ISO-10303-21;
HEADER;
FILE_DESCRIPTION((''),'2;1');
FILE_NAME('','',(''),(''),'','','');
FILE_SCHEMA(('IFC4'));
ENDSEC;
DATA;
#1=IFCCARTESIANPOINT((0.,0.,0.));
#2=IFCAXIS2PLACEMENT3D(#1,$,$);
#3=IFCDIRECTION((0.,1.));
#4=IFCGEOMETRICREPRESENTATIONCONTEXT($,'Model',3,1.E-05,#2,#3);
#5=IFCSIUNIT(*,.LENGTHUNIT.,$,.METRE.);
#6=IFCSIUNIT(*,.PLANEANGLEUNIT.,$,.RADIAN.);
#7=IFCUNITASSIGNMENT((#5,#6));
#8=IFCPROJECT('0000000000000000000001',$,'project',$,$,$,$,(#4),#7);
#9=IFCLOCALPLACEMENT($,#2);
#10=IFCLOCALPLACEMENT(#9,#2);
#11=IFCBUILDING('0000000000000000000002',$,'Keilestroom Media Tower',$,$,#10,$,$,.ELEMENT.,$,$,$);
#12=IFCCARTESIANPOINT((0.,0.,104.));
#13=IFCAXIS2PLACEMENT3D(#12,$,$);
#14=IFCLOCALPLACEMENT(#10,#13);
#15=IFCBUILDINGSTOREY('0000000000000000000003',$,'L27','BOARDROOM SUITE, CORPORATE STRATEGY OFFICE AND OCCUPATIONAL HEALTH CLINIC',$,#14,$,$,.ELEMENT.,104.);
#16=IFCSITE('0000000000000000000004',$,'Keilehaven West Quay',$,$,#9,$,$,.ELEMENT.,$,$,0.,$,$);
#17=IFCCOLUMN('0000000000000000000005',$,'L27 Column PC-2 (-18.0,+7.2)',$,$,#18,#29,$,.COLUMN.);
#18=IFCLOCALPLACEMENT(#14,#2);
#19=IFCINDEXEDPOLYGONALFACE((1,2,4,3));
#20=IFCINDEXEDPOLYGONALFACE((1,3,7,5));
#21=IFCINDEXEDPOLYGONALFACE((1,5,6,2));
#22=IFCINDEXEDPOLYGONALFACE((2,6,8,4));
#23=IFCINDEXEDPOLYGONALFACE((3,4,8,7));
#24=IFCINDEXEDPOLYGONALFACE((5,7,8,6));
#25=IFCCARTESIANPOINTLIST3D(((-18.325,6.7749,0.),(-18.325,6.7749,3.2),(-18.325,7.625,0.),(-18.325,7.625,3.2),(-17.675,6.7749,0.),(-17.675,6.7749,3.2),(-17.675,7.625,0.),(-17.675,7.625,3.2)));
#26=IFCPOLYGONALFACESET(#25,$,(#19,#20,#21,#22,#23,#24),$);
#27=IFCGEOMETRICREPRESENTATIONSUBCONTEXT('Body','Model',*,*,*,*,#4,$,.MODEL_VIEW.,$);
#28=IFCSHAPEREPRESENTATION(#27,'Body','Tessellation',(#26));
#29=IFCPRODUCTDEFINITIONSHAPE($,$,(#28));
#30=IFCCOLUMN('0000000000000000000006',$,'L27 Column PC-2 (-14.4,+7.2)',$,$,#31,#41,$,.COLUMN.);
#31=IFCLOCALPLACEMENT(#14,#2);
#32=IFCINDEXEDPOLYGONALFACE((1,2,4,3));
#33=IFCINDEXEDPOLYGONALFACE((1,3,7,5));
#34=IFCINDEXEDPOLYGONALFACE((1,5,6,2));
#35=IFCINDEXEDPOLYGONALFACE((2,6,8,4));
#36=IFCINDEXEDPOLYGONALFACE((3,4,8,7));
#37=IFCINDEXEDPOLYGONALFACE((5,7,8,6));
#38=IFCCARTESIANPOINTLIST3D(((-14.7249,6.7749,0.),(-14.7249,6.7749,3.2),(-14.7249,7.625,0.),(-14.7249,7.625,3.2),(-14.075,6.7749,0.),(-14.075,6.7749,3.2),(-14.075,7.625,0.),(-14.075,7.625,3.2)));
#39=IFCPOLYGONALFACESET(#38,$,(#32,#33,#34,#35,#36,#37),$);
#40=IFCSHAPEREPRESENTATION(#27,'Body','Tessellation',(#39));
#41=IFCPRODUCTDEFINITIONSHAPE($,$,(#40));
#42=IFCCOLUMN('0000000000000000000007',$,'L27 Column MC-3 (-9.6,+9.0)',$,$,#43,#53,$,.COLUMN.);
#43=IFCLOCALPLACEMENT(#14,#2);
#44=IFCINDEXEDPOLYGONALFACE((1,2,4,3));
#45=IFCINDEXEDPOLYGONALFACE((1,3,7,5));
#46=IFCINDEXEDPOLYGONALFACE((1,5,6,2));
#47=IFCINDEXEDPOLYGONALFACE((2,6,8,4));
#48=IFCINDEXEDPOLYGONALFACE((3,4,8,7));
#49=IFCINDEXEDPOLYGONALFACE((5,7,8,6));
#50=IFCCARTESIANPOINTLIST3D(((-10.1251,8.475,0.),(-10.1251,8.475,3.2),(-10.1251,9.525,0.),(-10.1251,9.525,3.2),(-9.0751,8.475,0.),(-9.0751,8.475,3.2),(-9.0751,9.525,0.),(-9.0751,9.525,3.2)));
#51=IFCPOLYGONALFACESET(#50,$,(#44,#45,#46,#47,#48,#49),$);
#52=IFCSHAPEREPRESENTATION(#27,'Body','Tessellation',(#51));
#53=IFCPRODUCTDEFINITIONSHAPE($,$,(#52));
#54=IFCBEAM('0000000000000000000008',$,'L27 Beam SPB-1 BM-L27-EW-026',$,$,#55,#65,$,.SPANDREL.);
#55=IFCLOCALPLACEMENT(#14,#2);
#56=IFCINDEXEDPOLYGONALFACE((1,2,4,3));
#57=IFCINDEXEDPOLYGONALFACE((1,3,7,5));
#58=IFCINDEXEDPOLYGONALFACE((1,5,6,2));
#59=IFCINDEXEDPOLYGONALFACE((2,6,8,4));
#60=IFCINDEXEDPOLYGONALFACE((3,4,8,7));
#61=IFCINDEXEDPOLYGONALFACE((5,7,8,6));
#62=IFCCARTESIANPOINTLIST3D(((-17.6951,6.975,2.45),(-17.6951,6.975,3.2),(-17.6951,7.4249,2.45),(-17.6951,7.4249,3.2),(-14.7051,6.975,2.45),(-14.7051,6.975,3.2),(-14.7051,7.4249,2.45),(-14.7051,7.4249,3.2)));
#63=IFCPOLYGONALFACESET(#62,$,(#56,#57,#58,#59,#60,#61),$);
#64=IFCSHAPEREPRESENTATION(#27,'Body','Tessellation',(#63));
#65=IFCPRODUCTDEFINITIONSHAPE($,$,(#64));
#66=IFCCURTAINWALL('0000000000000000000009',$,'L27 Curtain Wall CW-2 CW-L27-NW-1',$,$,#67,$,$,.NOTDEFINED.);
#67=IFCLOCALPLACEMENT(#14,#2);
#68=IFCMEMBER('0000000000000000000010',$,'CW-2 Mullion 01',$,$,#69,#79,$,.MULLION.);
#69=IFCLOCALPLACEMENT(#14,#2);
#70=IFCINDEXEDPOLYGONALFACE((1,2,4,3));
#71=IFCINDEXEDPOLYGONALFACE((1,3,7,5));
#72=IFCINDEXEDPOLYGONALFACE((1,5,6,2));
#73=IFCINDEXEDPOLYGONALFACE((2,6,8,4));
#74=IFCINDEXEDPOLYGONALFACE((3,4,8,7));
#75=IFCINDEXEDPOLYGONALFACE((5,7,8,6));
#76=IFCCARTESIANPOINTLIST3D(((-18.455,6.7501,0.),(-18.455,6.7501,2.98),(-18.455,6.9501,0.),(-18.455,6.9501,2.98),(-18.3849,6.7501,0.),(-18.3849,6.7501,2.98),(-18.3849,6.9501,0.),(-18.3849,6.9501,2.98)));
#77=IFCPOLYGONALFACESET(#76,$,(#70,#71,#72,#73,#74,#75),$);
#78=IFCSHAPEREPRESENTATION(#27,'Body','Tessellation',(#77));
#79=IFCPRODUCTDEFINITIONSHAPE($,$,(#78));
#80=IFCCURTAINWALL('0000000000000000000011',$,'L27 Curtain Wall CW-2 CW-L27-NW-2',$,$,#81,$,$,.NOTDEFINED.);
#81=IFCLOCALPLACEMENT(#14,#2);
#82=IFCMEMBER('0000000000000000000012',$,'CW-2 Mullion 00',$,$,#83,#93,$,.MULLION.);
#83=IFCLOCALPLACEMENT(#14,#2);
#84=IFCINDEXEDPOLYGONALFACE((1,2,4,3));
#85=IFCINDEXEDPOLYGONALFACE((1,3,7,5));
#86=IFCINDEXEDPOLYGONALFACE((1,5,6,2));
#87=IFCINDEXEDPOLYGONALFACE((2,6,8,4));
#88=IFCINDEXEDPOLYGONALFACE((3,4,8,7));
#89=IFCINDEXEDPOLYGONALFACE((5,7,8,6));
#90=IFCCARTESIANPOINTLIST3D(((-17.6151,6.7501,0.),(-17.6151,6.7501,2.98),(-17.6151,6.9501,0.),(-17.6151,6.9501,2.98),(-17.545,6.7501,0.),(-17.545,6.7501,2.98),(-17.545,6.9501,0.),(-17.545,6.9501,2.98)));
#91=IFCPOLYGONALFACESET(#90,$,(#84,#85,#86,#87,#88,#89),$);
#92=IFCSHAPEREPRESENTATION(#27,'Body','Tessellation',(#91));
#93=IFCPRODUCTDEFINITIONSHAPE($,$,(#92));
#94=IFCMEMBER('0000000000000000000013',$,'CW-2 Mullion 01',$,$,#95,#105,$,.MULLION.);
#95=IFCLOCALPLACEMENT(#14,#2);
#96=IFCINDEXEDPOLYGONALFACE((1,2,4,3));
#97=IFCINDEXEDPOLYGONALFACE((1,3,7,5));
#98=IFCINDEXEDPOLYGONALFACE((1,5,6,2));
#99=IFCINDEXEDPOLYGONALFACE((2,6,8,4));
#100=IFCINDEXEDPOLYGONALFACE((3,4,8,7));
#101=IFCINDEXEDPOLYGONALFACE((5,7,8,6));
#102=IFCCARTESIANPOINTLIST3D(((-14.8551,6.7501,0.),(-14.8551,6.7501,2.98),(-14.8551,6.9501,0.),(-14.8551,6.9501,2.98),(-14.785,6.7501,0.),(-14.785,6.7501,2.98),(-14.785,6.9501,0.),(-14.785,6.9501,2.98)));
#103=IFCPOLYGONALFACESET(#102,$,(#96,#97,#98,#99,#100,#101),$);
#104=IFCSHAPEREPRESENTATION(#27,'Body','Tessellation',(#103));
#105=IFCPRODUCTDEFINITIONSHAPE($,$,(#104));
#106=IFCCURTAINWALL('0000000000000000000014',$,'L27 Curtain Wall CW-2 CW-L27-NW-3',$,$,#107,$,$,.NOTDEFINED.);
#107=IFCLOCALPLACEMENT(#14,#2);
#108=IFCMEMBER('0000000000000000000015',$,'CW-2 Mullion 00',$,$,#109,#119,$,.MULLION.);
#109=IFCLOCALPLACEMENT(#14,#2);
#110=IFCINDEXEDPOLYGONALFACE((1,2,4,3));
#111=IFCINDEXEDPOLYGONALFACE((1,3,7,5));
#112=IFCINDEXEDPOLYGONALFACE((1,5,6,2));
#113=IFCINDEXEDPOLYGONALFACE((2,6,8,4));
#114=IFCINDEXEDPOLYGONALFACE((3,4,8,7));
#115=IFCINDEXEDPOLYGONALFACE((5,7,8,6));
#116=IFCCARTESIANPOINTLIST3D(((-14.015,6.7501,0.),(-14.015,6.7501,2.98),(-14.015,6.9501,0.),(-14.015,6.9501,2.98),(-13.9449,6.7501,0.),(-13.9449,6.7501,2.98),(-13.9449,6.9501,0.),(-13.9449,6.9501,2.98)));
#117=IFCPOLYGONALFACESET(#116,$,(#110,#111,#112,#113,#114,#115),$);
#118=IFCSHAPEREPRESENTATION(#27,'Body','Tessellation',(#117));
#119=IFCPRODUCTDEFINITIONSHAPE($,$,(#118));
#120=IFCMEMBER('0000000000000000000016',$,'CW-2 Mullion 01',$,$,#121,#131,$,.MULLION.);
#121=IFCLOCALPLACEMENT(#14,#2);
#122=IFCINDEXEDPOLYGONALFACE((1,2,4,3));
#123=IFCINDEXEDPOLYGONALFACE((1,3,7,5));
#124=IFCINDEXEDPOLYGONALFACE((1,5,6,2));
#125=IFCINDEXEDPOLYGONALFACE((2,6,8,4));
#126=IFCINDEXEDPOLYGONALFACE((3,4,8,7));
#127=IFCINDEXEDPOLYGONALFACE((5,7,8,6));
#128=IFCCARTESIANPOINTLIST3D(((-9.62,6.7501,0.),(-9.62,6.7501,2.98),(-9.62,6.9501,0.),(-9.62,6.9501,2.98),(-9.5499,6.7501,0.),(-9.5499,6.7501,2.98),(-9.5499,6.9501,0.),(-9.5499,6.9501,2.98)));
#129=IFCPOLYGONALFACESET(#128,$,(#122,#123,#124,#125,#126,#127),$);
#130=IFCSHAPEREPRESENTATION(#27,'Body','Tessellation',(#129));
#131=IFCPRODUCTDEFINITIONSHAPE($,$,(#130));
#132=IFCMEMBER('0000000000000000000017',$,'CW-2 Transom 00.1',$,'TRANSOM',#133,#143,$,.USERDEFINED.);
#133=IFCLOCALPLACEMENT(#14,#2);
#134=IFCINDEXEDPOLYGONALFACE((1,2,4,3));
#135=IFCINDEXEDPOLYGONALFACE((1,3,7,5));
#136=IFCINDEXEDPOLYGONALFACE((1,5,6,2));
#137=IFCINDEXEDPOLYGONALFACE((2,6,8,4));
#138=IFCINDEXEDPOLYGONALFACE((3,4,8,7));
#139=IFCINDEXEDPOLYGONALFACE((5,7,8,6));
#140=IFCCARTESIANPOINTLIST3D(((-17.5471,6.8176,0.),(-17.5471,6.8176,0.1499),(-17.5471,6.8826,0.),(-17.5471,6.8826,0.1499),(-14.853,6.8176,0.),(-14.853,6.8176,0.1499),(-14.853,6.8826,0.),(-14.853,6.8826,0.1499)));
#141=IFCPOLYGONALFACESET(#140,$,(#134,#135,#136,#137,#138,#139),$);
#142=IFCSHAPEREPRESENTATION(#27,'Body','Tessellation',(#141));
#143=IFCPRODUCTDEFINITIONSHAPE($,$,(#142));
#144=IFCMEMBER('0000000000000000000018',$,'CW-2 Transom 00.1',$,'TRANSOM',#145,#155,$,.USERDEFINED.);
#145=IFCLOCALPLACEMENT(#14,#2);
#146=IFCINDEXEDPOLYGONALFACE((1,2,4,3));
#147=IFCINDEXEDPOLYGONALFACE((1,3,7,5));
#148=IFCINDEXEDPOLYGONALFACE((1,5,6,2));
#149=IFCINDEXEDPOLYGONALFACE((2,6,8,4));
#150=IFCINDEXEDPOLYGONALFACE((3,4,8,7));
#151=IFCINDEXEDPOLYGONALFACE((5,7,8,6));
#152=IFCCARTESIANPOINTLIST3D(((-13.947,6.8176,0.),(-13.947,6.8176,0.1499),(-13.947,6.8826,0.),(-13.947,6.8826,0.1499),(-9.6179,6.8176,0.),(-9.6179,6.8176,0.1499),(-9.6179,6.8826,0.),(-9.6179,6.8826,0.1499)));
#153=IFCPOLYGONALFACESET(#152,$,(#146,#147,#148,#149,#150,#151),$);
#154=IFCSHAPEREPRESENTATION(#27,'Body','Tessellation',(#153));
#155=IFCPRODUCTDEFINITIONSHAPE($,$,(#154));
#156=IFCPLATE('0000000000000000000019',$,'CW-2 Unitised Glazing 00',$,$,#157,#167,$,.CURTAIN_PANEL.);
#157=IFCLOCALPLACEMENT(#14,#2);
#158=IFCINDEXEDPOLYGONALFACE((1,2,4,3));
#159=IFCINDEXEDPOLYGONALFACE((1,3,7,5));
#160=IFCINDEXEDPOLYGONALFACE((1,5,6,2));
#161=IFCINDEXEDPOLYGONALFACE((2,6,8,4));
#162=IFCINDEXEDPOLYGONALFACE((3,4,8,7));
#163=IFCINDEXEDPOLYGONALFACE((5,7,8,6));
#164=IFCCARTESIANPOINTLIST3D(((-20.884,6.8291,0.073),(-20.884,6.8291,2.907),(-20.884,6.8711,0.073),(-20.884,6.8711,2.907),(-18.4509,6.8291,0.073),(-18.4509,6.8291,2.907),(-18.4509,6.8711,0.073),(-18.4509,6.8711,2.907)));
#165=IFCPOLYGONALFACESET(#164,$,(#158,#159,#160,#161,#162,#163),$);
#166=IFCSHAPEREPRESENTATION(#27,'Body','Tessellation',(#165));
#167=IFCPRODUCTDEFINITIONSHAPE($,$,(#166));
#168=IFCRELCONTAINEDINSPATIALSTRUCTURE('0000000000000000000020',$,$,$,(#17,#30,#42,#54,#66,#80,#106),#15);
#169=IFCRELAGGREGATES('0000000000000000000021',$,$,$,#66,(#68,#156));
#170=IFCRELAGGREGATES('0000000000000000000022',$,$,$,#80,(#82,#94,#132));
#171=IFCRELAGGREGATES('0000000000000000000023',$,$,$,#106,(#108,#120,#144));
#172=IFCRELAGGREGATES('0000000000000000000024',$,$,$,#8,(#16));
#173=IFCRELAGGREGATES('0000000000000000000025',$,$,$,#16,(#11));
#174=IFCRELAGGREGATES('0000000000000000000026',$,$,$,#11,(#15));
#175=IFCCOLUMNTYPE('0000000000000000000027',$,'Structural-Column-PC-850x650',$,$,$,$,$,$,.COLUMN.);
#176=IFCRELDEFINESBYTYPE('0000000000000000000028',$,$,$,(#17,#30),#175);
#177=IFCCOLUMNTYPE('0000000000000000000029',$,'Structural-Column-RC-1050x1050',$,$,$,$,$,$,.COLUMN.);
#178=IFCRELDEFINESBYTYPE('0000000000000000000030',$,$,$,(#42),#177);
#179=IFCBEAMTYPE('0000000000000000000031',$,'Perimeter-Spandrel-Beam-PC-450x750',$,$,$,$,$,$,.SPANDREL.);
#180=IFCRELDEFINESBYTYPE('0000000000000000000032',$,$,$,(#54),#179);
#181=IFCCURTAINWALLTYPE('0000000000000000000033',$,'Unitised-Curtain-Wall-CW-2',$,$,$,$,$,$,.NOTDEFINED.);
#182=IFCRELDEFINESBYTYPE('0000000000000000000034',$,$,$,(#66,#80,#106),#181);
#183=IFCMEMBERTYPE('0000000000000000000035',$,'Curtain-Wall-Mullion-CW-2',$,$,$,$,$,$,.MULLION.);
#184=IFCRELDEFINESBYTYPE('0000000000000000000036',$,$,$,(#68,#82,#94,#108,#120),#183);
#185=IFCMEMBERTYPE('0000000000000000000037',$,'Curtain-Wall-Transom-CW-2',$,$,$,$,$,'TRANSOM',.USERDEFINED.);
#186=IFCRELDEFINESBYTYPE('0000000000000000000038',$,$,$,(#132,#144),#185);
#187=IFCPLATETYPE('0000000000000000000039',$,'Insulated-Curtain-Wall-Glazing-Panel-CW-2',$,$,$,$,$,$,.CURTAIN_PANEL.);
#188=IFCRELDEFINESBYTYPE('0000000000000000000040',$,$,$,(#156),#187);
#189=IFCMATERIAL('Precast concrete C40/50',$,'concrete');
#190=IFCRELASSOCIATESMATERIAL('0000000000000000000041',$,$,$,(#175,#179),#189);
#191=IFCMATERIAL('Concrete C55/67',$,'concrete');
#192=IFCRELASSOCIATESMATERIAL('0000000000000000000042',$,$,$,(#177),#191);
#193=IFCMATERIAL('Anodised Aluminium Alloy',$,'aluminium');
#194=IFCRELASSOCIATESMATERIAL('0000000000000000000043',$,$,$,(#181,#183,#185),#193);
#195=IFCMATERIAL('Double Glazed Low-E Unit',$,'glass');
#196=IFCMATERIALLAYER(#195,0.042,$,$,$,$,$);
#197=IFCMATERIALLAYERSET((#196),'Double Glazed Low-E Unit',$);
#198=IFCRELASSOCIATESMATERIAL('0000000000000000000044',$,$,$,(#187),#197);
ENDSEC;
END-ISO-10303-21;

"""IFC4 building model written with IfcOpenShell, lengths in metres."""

from ifc_helpers import new_model, si_unit, direction, frame, origin, origin_2d, place, context, subcontext, project, spatial, rectangle, extrude, source, transform, mapped, material, layer, layer_set, material_profile, profile_set, type_object, element, aggregate, save


model = new_model("IFC4")

# Units and contexts
model_context = context("Model", 3, precision=1e-05, world=origin(), true_north=direction((0.0, 1.0)))
body_context = subcontext(model_context, "Body", "Model", "MODEL_VIEW")
ifc_project = project(units=[si_unit("LENGTHUNIT", "METRE"), si_unit("PLANEANGLEUNIT", "RADIAN")], contexts=[model_context])

# Site, building, storey
site_placement = place(None, origin())
site = spatial("IfcSite", under=ifc_project, at=site_placement, Name="Keilehaven West Quay", CompositionType="ELEMENT", RefElevation=0.0)
building_placement = place(site_placement, origin())
building = spatial("IfcBuilding", under=site, at=building_placement, Name="Keilestroom Media Tower", CompositionType="ELEMENT")
storey_placement = place(building_placement, frame((0.0, 0.0, 104.0)))
storey = spatial("IfcBuildingStorey", under=building, at=storey_placement, Name="L27", Description="BOARDROOM SUITE, CORPORATE STRATEGY OFFICE AND OCCUPATIONAL HEALTH CLINIC", CompositionType="ELEMENT", Elevation=104.0)

# Columns
ifc_material_1 = material(Name="Precast concrete C40/50", Category="concrete")
ifc_material_profile_1 = material_profile(ifc_material_1, rectangle(XDim=0.6499, YDim=0.8501, at=origin_2d()), Name="PC 850x650")
ifc_profile_set_1 = profile_set([ifc_material_profile_1], Name="Precast concrete C40/50")
column_type_1 = type_object("IfcColumnType", Name="Structural-Column-PC-850x650", PredefinedType="COLUMN", material=ifc_profile_set_1)
shared_shape_1 = source(origin(), body_context, "Body", "SweptSolid", [
    extrude(rectangle(XDim=0.6499, YDim=0.8501, at=origin_2d()), origin(), (0.0, 0.0, 1.0), 3.2),
])
for number, where, z_axis, x_axis, name in (
    (1, (-18.0, 7.2, 0.0), (0.0, 0.0, 1.0), (1.0, 0.0, 0.0), "L27 Column PC-2 (-18.0,+7.2)"),
    (2, (-14.3999, 7.2, 0.0), (0.0, 0.0, 1.0), (1.0, 0.0, 0.0), "L27 Column PC-2 (-14.4,+7.2)"),
):
    element("IfcColumn", number, at=place(storey_placement, frame(where, z_axis=z_axis, x_axis=x_axis)), inside=storey, type_object=column_type_1, Name=name, PredefinedType="COLUMN", context=body_context, shape_type="MappedRepresentation", body=[
        mapped(shared_shape_1, transform((0.0, 0.0, 0.0), x_axis=(1.0, 0.0, 0.0), y_axis=(0.0, 1.0, 0.0), z_axis=(0.0, 0.0, 1.0), scale=1.0)),
    ])
ifc_material_2 = material(Name="Concrete C55/67", Category="concrete")
ifc_material_profile_2 = material_profile(ifc_material_2, rectangle(XDim=1.05, YDim=1.05, at=origin_2d()), Name="RC 1050x1050")
ifc_profile_set_2 = profile_set([ifc_material_profile_2], Name="Concrete C55/67")
column_type_2 = type_object("IfcColumnType", Name="Structural-Column-RC-1050x1050", PredefinedType="COLUMN", material=ifc_profile_set_2)
shared_shape_2 = source(origin(), body_context, "Body", "SweptSolid", [
    extrude(rectangle(XDim=1.05, YDim=1.05, at=origin_2d()), origin(), (0.0, 0.0, 1.0), 3.2),
])
column_placement = place(storey_placement, frame((-9.6001, 9.0, 0.0), z_axis=(0.0, 0.0, 1.0), x_axis=(1.0, 0.0, 0.0)))
element("IfcColumn", 3, at=column_placement, inside=storey, type_object=column_type_2, Name="L27 Column MC-3 (-9.6,+9.0)", PredefinedType="COLUMN", context=body_context, shape_type="MappedRepresentation", body=[
    mapped(shared_shape_2, transform((0.0, 0.0, 0.0), x_axis=(1.0, 0.0, 0.0), y_axis=(0.0, 1.0, 0.0), z_axis=(0.0, 0.0, 1.0), scale=1.0)),
])

# Beam
ifc_material_profile_3 = material_profile(ifc_material_1, rectangle(XDim=0.45, YDim=0.75, at=origin_2d()), Name="PC 450x750")
ifc_profile_set_3 = profile_set([ifc_material_profile_3], Name="Precast concrete C40/50")
beam_type = type_object("IfcBeamType", Name="Perimeter-Spandrel-Beam-PC-450x750", PredefinedType="SPANDREL", material=ifc_profile_set_3)
shared_shape_3 = source(origin(), body_context, "Body", "SweptSolid", [
    extrude(rectangle(XDim=0.45, YDim=0.75, at=origin_2d()), origin(), (0.0, 0.0, 1.0), 2.99),
])
beam_placement = place(storey_placement, frame((-17.6951, 7.2, 2.825), z_axis=(1.0, 0.0, 0.0), x_axis=(0.0, 1.0, 0.0)))
element("IfcBeam", 4, at=beam_placement, inside=storey, type_object=beam_type, Name="L27 Beam SPB-1 BM-L27-EW-026", PredefinedType="SPANDREL", context=body_context, shape_type="MappedRepresentation", body=[
    mapped(shared_shape_3, transform((0.0, 0.0, 0.0), x_axis=(1.0, 0.0, 0.0), y_axis=(0.0, 1.0, 0.0), z_axis=(0.0, 0.0, 1.0), scale=1.0)),
])

# Curtain wall, member
ifc_material_3 = material(Name="Anodised Aluminium Alloy", Category="aluminium")
curtain_wall_type = type_object("IfcCurtainWallType", Name="Unitised-Curtain-Wall-CW-2", PredefinedType="NOTDEFINED", material=ifc_material_3)
curtain_wall_1_placement = place(storey_placement, origin())
curtain_wall_1 = element("IfcCurtainWall", 5, at=curtain_wall_1_placement, inside=storey, type_object=curtain_wall_type, Name="L27 Curtain Wall CW-2 CW-L27-NW-1", PredefinedType="NOTDEFINED")
ifc_material_profile_4 = material_profile(ifc_material_3, rectangle(XDim=0.0701, YDim=0.2, at=origin_2d()), Name="ALU MULLION 70x200")
ifc_profile_set_4 = profile_set([ifc_material_profile_4], Name="Anodised Aluminium Alloy")
member_type_1 = type_object("IfcMemberType", Name="Curtain-Wall-Mullion-CW-2", PredefinedType="MULLION", material=ifc_profile_set_4)
shared_shape_4 = source(origin(), body_context, "Body", "SweptSolid", [
    extrude(rectangle(XDim=0.0701, YDim=0.2, at=origin_2d()), origin(), (0.0, 0.0, 1.0), 2.98),
])
member_1_placement = place(storey_placement, frame((-18.4199, 6.8501, 0.0), z_axis=(0.0, 0.0, 1.0), x_axis=(1.0, 0.0, 0.0)))
member_1 = element("IfcMember", 6, at=member_1_placement, type_object=member_type_1, Name="CW-2 Mullion 01", PredefinedType="MULLION", context=body_context, shape_type="MappedRepresentation", body=[
    mapped(shared_shape_4, transform((0.0, 0.0, 0.0), x_axis=(1.0, 0.0, 0.0), y_axis=(0.0, 1.0, 0.0), z_axis=(0.0, 0.0, 1.0), scale=1.0)),
])

# Curtain walls, members
curtain_wall_2_placement = place(storey_placement, origin())
curtain_wall_2 = element("IfcCurtainWall", 7, at=curtain_wall_2_placement, inside=storey, type_object=curtain_wall_type, Name="L27 Curtain Wall CW-2 CW-L27-NW-2", PredefinedType="NOTDEFINED")
member_2_placement = place(storey_placement, frame((-17.5801, 6.8501, 0.0), z_axis=(0.0, 0.0, 1.0), x_axis=(1.0, 0.0, 0.0)))
member_2 = element("IfcMember", 8, at=member_2_placement, type_object=member_type_1, Name="CW-2 Mullion 00", PredefinedType="MULLION", context=body_context, shape_type="MappedRepresentation", body=[
    mapped(shared_shape_4, transform((0.0, 0.0, 0.0), x_axis=(1.0, 0.0, 0.0), y_axis=(0.0, 1.0, 0.0), z_axis=(0.0, 0.0, 1.0), scale=1.0)),
])
member_3_placement = place(storey_placement, frame((-14.8201, 6.8501, 0.0), z_axis=(0.0, 0.0, 1.0), x_axis=(1.0, 0.0, 0.0)))
member_3 = element("IfcMember", 9, at=member_3_placement, type_object=member_type_1, Name="CW-2 Mullion 01", PredefinedType="MULLION", context=body_context, shape_type="MappedRepresentation", body=[
    mapped(shared_shape_4, transform((0.0, 0.0, 0.0), x_axis=(1.0, 0.0, 0.0), y_axis=(0.0, 1.0, 0.0), z_axis=(0.0, 0.0, 1.0), scale=1.0)),
])
curtain_wall_3_placement = place(storey_placement, origin())
curtain_wall_3 = element("IfcCurtainWall", 10, at=curtain_wall_3_placement, inside=storey, type_object=curtain_wall_type, Name="L27 Curtain Wall CW-2 CW-L27-NW-3", PredefinedType="NOTDEFINED")
member_4_placement = place(storey_placement, frame((-13.98, 6.8501, 0.0), z_axis=(0.0, 0.0, 1.0), x_axis=(1.0, 0.0, 0.0)))
member_4 = element("IfcMember", 11, at=member_4_placement, type_object=member_type_1, Name="CW-2 Mullion 00", PredefinedType="MULLION", context=body_context, shape_type="MappedRepresentation", body=[
    mapped(shared_shape_4, transform((0.0, 0.0, 0.0), x_axis=(1.0, 0.0, 0.0), y_axis=(0.0, 1.0, 0.0), z_axis=(0.0, 0.0, 1.0), scale=1.0)),
])
member_5_placement = place(storey_placement, frame((-9.585, 6.8501, 0.0), z_axis=(0.0, 0.0, 1.0), x_axis=(1.0, 0.0, 0.0)))
member_5 = element("IfcMember", 12, at=member_5_placement, type_object=member_type_1, Name="CW-2 Mullion 01", PredefinedType="MULLION", context=body_context, shape_type="MappedRepresentation", body=[
    mapped(shared_shape_4, transform((0.0, 0.0, 0.0), x_axis=(1.0, 0.0, 0.0), y_axis=(0.0, 1.0, 0.0), z_axis=(0.0, 0.0, 1.0), scale=1.0)),
])

# Members
ifc_material_profile_5 = material_profile(ifc_material_3, rectangle(XDim=0.0649, YDim=0.1499, at=origin_2d()), Name="ALU TRANSOM 65x150")
ifc_profile_set_5 = profile_set([ifc_material_profile_5], Name="Anodised Aluminium Alloy")
member_type_2 = type_object("IfcMemberType", Name="Curtain-Wall-Transom-CW-2", ElementType="TRANSOM", PredefinedType="USERDEFINED", material=ifc_profile_set_5)
shared_shape_5 = source(origin(), body_context, "Body", "SweptSolid", [
    extrude(rectangle(XDim=0.0649, YDim=0.1499, at=origin_2d()), origin(), (0.0, 0.0, 1.0), 2.6941),
])
member_6_placement = place(storey_placement, frame((-17.5471, 6.8501, 0.075), z_axis=(1.0, 0.0, 0.0), x_axis=(0.0, 1.0, 0.0)))
member_6 = element("IfcMember", 13, at=member_6_placement, type_object=member_type_2, Name="CW-2 Transom 00.1", ObjectType="TRANSOM", PredefinedType="USERDEFINED", context=body_context, shape_type="MappedRepresentation", body=[
    mapped(shared_shape_5, transform((0.0, 0.0, 0.0), x_axis=(1.0, 0.0, 0.0), y_axis=(0.0, 1.0, 0.0), z_axis=(0.0, 0.0, 1.0), scale=1.0)),
])
shared_shape_6 = source(origin(), body_context, "Body", "SweptSolid", [
    extrude(rectangle(XDim=0.0649, YDim=0.1499, at=origin_2d()), origin(), (0.0, 0.0, 1.0), 4.3291),
])
member_7_placement = place(storey_placement, frame((-13.947, 6.8501, 0.075), z_axis=(1.0, 0.0, 0.0), x_axis=(0.0, 1.0, 0.0)))
member_7 = element("IfcMember", 14, at=member_7_placement, type_object=member_type_2, Name="CW-2 Transom 00.1", ObjectType="TRANSOM", PredefinedType="USERDEFINED", context=body_context, shape_type="MappedRepresentation", body=[
    mapped(shared_shape_6, transform((0.0, 0.0, 0.0), x_axis=(1.0, 0.0, 0.0), y_axis=(0.0, 1.0, 0.0), z_axis=(0.0, 0.0, 1.0), scale=1.0)),
])

# Plate
ifc_material_4 = material(Name="Double Glazed Low-E Unit", Category="glass")
ifc_layer_1 = layer(ifc_material_4, 0.042)
ifc_layer_set_1 = layer_set([ifc_layer_1], Name="Double Glazed Low-E Unit")
plate_type = type_object("IfcPlateType", Name="Insulated-Curtain-Wall-Glazing-Panel-CW-2", PredefinedType="CURTAIN_PANEL", material=ifc_layer_set_1)
shared_shape_7 = source(origin(), body_context, "Body", "SweptSolid", [
    extrude(rectangle(XDim=2.4331, YDim=0.042, at=origin_2d()), origin(), (0.0, 0.0, 1.0), 2.834),
])
plate_1_placement = place(storey_placement, frame((-19.6675, 6.8501, 0.073), z_axis=(0.0, 0.0, 1.0), x_axis=(1.0, 0.0, 0.0)))
plate_1 = element("IfcPlate", 15, at=plate_1_placement, type_object=plate_type, Name="CW-2 Unitised Glazing 00", PredefinedType="CURTAIN_PANEL", context=body_context, shape_type="MappedRepresentation", body=[
    mapped(shared_shape_7, transform((0.0, 0.0, 0.0), x_axis=(1.0, 0.0, 0.0), y_axis=(0.0, 1.0, 0.0), z_axis=(0.0, 0.0, 1.0), scale=1.0)),
])
aggregate(curtain_wall_1, [member_1, plate_1])
aggregate(curtain_wall_2, [member_2, member_3, member_6])
aggregate(curtain_wall_3, [member_4, member_5, member_7])

save(model, "model.ifc")
